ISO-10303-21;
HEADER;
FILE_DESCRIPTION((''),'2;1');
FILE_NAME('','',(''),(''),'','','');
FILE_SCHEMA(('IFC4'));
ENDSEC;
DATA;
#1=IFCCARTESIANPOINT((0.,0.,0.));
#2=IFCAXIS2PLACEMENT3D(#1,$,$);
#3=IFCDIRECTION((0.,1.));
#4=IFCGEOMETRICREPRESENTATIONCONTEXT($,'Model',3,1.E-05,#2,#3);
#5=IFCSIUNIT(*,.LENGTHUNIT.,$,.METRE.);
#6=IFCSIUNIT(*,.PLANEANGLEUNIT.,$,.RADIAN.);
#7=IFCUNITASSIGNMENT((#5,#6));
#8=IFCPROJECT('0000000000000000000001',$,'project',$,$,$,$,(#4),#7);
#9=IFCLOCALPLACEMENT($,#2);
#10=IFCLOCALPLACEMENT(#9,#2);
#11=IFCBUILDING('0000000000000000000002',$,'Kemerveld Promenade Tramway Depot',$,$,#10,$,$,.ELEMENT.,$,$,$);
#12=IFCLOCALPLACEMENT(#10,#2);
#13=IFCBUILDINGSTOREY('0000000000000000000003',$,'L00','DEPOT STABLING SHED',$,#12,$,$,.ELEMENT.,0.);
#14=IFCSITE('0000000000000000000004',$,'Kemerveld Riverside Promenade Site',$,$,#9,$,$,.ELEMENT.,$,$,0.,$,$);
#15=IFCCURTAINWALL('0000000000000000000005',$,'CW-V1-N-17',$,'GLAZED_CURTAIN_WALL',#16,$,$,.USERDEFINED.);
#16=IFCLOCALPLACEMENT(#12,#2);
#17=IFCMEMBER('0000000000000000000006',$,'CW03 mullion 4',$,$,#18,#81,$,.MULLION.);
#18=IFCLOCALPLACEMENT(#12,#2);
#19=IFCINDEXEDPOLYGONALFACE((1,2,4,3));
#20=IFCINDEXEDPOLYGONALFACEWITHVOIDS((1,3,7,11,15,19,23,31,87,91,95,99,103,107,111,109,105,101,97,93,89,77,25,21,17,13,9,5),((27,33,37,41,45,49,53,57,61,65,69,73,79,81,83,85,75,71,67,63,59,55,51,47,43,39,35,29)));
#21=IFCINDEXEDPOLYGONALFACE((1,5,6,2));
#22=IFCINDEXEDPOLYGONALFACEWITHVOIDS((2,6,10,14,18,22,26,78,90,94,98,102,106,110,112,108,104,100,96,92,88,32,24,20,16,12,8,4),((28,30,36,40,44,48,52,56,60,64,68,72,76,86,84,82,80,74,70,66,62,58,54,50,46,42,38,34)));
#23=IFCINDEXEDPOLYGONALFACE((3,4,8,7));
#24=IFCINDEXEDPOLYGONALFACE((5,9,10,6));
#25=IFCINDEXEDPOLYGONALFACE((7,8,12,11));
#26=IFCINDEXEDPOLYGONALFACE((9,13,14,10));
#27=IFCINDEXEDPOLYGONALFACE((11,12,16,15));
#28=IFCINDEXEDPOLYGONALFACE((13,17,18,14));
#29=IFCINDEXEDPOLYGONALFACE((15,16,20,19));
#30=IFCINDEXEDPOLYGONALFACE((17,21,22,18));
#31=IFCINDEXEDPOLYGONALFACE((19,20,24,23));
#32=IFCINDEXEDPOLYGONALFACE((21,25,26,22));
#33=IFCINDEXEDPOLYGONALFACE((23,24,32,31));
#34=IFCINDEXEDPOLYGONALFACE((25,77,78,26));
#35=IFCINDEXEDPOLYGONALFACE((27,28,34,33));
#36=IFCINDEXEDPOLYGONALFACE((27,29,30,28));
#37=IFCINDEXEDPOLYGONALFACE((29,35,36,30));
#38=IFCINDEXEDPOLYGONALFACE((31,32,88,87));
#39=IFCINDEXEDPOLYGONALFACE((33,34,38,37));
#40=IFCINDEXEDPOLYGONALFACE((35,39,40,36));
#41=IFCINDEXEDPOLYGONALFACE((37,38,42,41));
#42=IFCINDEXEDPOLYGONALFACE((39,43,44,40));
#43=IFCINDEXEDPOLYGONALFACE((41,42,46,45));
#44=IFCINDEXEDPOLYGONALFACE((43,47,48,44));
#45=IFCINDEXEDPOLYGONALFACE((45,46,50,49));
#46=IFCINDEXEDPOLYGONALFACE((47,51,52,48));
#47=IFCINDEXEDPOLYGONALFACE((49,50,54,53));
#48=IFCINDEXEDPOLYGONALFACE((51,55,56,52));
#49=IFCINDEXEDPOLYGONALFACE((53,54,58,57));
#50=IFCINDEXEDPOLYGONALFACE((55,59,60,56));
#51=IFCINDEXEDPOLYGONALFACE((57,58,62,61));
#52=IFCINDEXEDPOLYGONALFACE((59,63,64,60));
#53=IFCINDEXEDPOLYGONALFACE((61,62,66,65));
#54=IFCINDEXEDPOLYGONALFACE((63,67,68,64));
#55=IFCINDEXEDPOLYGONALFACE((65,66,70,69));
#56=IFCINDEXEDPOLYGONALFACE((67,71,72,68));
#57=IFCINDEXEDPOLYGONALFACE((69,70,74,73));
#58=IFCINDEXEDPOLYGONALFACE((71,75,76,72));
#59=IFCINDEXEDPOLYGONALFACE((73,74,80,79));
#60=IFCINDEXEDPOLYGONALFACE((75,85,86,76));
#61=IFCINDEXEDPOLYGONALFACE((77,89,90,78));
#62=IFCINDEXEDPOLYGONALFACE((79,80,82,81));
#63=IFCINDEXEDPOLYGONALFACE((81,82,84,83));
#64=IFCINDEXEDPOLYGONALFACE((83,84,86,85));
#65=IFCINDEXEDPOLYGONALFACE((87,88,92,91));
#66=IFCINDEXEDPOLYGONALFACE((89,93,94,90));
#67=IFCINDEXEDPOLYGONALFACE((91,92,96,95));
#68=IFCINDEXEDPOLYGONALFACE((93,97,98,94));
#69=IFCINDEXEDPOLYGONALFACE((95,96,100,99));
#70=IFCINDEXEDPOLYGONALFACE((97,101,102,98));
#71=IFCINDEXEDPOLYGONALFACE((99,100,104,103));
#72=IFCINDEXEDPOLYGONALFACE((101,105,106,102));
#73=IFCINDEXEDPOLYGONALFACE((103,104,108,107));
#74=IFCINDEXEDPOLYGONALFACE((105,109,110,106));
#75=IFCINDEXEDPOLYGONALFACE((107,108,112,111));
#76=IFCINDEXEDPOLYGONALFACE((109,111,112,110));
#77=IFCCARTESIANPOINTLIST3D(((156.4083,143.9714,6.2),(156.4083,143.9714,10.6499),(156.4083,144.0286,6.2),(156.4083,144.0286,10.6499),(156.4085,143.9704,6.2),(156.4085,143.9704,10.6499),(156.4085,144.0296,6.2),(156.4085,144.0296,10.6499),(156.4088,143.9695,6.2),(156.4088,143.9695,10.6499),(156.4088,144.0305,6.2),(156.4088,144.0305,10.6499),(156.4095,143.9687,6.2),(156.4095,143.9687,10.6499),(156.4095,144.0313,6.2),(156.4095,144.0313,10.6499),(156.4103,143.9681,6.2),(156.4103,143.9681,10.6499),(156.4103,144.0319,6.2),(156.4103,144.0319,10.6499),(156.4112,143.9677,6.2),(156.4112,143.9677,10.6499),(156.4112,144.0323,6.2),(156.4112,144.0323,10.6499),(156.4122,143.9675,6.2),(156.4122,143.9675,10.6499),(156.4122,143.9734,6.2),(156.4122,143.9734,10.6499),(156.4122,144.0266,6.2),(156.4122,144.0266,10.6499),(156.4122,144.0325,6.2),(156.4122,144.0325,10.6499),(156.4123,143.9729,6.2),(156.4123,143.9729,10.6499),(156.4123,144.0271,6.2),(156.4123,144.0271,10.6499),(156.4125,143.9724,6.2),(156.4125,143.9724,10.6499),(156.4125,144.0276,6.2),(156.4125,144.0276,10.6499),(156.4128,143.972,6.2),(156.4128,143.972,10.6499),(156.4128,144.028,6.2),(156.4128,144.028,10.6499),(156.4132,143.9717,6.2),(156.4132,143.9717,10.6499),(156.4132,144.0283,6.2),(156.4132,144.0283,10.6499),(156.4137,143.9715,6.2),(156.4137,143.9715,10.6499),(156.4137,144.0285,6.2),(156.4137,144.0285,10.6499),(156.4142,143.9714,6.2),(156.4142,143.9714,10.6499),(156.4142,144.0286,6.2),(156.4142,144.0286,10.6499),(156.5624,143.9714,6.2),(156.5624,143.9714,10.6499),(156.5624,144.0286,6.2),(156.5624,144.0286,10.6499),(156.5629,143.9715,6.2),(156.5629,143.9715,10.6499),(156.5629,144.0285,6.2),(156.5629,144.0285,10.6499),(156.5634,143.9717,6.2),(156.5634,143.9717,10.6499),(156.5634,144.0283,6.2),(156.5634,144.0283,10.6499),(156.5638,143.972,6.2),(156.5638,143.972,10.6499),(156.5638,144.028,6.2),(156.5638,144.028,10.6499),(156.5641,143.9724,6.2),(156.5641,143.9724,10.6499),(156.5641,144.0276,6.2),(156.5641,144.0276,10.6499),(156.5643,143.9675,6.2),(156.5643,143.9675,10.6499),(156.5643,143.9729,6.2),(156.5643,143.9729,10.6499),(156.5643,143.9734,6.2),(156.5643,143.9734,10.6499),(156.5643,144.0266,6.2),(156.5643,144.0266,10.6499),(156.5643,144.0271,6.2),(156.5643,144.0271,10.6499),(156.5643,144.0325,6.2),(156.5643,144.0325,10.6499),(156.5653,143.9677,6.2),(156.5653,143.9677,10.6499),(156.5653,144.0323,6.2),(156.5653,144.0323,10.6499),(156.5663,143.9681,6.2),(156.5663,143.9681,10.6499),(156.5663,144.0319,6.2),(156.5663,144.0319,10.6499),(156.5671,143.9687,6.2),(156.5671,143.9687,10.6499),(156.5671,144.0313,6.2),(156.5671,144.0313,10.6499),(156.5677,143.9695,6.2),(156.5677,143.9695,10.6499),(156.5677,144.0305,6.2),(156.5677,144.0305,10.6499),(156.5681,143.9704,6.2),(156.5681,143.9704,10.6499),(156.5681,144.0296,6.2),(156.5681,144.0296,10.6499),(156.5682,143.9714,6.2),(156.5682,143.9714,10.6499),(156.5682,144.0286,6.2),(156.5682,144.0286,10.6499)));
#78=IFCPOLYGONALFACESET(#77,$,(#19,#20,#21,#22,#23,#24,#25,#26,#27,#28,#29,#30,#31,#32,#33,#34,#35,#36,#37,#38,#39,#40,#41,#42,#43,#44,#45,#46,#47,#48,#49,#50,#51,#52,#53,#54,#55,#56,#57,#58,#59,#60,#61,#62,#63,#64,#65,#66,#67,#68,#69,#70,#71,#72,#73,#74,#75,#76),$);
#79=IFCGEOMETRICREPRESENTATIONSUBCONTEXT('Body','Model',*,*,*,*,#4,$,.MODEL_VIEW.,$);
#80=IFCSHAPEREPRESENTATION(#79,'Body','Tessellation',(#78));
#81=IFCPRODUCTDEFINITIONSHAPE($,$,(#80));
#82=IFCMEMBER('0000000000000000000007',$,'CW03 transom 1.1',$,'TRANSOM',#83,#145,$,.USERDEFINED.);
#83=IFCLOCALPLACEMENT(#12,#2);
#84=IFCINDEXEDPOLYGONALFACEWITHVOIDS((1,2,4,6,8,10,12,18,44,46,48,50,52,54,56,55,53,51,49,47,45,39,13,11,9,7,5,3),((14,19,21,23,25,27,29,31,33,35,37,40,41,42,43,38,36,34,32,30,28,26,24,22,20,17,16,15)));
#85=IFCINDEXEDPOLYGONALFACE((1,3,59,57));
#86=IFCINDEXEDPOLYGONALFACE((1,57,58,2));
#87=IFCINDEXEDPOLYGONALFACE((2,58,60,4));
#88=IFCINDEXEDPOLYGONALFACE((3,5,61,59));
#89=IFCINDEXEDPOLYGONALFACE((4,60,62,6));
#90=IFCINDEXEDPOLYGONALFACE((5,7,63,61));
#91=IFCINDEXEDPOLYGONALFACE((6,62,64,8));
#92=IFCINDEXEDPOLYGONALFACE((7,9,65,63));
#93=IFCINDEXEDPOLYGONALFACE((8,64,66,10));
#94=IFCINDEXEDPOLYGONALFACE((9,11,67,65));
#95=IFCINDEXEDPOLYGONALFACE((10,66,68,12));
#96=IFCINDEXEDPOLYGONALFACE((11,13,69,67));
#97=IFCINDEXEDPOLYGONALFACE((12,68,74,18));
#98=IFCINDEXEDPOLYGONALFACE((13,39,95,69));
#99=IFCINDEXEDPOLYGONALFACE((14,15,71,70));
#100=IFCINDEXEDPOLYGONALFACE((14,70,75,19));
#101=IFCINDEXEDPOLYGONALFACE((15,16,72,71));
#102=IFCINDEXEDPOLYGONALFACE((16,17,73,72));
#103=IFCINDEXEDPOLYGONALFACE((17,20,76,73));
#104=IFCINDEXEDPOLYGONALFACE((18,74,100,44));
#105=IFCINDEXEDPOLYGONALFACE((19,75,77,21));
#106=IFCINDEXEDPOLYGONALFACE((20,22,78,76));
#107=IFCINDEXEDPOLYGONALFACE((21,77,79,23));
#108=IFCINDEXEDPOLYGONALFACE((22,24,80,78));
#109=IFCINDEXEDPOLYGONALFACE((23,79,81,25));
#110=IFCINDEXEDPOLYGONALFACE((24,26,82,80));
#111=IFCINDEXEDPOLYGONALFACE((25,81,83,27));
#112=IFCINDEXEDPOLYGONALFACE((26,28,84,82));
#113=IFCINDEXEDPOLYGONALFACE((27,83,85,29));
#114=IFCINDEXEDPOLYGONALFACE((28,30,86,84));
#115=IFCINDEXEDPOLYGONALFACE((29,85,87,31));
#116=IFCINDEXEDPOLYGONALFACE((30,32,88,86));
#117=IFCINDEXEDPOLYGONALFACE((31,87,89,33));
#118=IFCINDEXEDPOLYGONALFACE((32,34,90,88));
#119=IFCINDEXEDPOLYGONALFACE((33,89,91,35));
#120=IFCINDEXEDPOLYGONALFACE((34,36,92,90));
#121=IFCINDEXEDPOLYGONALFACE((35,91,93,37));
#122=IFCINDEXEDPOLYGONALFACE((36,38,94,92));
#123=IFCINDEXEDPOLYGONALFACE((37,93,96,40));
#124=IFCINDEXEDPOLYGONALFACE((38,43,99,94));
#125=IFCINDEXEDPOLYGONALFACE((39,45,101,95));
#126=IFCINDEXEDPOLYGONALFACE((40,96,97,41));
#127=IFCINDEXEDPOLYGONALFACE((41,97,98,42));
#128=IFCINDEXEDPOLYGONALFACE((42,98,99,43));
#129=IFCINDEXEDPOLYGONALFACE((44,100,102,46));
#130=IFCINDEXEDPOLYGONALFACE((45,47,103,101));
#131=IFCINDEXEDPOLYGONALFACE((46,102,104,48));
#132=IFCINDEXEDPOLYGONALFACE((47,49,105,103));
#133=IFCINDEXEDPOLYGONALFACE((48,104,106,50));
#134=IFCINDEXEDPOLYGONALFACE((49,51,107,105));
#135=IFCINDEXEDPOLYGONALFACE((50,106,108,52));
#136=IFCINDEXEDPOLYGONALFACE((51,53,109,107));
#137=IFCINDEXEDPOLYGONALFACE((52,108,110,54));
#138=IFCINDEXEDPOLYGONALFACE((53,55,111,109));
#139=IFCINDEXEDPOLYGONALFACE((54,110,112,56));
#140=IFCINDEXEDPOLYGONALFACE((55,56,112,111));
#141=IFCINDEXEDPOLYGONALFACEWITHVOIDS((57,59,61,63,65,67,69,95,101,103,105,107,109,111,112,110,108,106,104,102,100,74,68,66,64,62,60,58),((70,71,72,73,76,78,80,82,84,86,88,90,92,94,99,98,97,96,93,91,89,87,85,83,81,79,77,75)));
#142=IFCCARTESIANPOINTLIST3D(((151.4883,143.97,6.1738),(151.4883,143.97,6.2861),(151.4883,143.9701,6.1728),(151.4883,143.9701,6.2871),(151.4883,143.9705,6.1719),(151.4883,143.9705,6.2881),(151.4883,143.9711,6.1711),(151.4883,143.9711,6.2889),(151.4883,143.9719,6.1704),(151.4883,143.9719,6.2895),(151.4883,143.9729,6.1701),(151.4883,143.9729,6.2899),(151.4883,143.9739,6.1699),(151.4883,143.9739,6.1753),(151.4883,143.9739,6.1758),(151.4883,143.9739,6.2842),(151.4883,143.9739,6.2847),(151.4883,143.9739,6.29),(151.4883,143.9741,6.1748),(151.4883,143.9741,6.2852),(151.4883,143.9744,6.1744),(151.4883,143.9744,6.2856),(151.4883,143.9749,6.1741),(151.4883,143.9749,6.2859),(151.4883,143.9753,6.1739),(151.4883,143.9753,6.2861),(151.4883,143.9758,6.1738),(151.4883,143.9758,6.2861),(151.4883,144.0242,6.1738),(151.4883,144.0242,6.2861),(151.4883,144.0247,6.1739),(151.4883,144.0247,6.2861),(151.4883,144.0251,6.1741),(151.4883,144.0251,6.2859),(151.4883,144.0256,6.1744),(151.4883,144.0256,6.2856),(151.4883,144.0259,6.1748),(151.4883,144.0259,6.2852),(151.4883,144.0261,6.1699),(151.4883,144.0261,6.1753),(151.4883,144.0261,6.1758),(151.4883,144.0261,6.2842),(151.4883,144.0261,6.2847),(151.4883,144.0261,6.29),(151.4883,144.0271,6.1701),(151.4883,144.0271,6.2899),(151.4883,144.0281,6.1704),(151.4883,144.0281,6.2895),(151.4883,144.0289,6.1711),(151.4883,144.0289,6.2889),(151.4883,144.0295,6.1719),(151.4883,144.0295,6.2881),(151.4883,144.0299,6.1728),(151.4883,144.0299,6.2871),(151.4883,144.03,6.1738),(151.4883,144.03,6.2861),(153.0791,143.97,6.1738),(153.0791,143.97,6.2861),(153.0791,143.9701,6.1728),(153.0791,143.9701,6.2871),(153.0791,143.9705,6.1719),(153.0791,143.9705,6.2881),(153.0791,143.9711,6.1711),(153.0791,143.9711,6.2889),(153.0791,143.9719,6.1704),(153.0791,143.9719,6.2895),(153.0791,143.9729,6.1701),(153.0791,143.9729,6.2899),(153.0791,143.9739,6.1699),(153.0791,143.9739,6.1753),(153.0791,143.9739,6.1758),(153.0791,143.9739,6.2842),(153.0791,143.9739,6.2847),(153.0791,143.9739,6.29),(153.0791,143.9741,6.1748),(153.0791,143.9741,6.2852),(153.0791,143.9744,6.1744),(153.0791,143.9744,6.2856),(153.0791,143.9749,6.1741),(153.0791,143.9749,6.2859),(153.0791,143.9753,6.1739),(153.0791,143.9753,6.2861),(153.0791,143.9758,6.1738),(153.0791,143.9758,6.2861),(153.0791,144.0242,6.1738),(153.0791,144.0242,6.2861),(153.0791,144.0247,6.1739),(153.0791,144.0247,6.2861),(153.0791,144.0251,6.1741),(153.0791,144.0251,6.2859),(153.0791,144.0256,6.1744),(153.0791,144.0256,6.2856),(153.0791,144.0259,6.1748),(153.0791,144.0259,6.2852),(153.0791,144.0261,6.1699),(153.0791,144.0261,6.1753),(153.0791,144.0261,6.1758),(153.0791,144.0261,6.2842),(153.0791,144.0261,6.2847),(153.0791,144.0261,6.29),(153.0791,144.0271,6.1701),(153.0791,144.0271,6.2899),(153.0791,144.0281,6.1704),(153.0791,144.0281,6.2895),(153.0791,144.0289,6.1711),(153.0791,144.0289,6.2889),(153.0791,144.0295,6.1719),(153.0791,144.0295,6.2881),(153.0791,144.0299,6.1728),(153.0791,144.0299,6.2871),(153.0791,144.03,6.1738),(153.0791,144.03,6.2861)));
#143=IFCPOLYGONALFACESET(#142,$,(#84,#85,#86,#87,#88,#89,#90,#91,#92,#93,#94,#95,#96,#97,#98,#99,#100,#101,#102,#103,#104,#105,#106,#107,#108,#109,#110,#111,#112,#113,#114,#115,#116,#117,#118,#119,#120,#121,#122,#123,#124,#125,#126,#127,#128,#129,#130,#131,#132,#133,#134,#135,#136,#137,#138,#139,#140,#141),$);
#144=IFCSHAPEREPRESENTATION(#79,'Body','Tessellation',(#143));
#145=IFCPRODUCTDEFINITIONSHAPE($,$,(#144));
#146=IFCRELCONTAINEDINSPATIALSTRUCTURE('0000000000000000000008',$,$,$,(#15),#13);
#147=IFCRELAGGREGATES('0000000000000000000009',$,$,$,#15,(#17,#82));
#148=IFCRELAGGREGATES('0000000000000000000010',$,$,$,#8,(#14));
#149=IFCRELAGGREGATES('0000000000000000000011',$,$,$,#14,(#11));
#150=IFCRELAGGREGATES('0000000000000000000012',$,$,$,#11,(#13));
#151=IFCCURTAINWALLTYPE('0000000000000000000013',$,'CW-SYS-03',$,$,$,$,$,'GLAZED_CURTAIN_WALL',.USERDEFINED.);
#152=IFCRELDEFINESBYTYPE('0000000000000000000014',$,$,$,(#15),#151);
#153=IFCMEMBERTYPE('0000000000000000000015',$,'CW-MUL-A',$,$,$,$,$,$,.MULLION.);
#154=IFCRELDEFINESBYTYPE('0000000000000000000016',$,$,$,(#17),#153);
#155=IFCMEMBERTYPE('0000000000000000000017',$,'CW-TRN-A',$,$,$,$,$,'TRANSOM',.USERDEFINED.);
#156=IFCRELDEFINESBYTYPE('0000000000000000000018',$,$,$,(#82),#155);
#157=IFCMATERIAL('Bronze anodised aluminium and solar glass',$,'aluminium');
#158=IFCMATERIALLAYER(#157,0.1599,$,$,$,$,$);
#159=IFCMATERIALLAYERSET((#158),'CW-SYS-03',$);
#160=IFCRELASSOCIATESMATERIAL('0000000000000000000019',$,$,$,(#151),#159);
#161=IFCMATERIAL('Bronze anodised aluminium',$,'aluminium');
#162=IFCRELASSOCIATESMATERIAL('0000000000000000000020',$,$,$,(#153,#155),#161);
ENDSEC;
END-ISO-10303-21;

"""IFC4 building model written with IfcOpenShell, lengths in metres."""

from ifc_helpers import new_model, si_unit, direction, frame, origin, origin_2d, place, context, subcontext, project, spatial, hollow_rectangle, extrude, material, layer, layer_set, material_profile, profile_set, type_object, element, aggregate, save


model = new_model("IFC4")

# Units and contexts
model_context = context("Model", 3, precision=1e-05, world=origin(), true_north=direction((0.0, 1.0)))
body_context = subcontext(model_context, "Body", "Model", "MODEL_VIEW")
ifc_project = project(units=[si_unit("LENGTHUNIT", "METRE"), si_unit("PLANEANGLEUNIT", "RADIAN")], contexts=[model_context])

# Site, building, storey
site_placement = place(None, origin())
site = spatial("IfcSite", under=ifc_project, at=site_placement, Name="Kemerveld Riverside Promenade Site", CompositionType="ELEMENT", RefElevation=0.0)
building_placement = place(site_placement, origin())
building = spatial("IfcBuilding", under=site, at=building_placement, Name="Kemerveld Promenade Tramway Depot", CompositionType="ELEMENT")
storey_placement = place(building_placement, origin())
storey = spatial("IfcBuildingStorey", under=building, at=storey_placement, Name="L00", Description="DEPOT STABLING SHED", CompositionType="ELEMENT", Elevation=0.0)

# Curtain wall, members
ifc_material_1 = material(Name="Bronze anodised aluminium and solar glass", Category="aluminium")
ifc_layer_1 = layer(ifc_material_1, 0.1599)
ifc_layer_set_1 = layer_set([ifc_layer_1], Name="CW-SYS-03")
curtain_wall_type = type_object("IfcCurtainWallType", Name="CW-SYS-03", ElementType="GLAZED_CURTAIN_WALL", PredefinedType="USERDEFINED", material=ifc_layer_set_1)
curtain_wall_placement = place(storey_placement, origin())
curtain_wall = element("IfcCurtainWall", 1, at=curtain_wall_placement, inside=storey, type_object=curtain_wall_type, Name="CW-V1-N-17", ObjectType="GLAZED_CURTAIN_WALL", PredefinedType="USERDEFINED")
ifc_material_2 = material(Name="Bronze anodised aluminium", Category="aluminium")
ifc_material_profile_1 = material_profile(ifc_material_2, hollow_rectangle(XDim=0.0649, YDim=0.1599, WallThickness=0.0039, InnerFilletRadius=0.002, OuterFilletRadius=0.0039, at=origin_2d()), Name="CW-MUL-160x65")
ifc_profile_set_1 = profile_set([ifc_material_profile_1], Name="Bronze anodised aluminium")
member_type_1 = type_object("IfcMemberType", Name="CW-MUL-A", PredefinedType="MULLION", material=ifc_profile_set_1)
member_1_placement = place(storey_placement, frame((156.4883, 144.0, 6.2), z_axis=(0.0, 0.0, 1.0), x_axis=(0.0, 1.0, 0.0)))
member_1 = element("IfcMember", 2, at=member_1_placement, type_object=member_type_1, Name="CW03 mullion 4", PredefinedType="MULLION", context=body_context, shape_type="SweptSolid", body=[
    extrude(hollow_rectangle(XDim=0.0649, YDim=0.1599, WallThickness=0.0039, InnerFilletRadius=0.002, OuterFilletRadius=0.0039, at=origin_2d()), origin(), (0.0, 0.0, 1.0), 4.45),
])
ifc_material_profile_2 = material_profile(ifc_material_2, hollow_rectangle(XDim=0.0601, YDim=0.1201, WallThickness=0.0039, InnerFilletRadius=0.002, OuterFilletRadius=0.0039, at=origin_2d()), Name="CW-TRN-120x60")
ifc_profile_set_2 = profile_set([ifc_material_profile_2], Name="Bronze anodised aluminium")
member_type_2 = type_object("IfcMemberType", Name="CW-TRN-A", ElementType="TRANSOM", PredefinedType="USERDEFINED", material=ifc_profile_set_2)
member_2_placement = place(storey_placement, frame((151.4883, 144.0, 6.23), z_axis=(1.0, 0.0, 0.0), x_axis=(0.0, 1.0, 0.0)))
member_2 = element("IfcMember", 3, at=member_2_placement, type_object=member_type_2, Name="CW03 transom 1.1", ObjectType="TRANSOM", PredefinedType="USERDEFINED", context=body_context, shape_type="SweptSolid", body=[
    extrude(hollow_rectangle(XDim=0.0601, YDim=0.1201, WallThickness=0.0039, InnerFilletRadius=0.002, OuterFilletRadius=0.0039, at=origin_2d()), origin(), (0.0, 0.0, 1.0), 1.5908),
])
aggregate(curtain_wall, [member_1, member_2])

save(model, "model.ifc")
